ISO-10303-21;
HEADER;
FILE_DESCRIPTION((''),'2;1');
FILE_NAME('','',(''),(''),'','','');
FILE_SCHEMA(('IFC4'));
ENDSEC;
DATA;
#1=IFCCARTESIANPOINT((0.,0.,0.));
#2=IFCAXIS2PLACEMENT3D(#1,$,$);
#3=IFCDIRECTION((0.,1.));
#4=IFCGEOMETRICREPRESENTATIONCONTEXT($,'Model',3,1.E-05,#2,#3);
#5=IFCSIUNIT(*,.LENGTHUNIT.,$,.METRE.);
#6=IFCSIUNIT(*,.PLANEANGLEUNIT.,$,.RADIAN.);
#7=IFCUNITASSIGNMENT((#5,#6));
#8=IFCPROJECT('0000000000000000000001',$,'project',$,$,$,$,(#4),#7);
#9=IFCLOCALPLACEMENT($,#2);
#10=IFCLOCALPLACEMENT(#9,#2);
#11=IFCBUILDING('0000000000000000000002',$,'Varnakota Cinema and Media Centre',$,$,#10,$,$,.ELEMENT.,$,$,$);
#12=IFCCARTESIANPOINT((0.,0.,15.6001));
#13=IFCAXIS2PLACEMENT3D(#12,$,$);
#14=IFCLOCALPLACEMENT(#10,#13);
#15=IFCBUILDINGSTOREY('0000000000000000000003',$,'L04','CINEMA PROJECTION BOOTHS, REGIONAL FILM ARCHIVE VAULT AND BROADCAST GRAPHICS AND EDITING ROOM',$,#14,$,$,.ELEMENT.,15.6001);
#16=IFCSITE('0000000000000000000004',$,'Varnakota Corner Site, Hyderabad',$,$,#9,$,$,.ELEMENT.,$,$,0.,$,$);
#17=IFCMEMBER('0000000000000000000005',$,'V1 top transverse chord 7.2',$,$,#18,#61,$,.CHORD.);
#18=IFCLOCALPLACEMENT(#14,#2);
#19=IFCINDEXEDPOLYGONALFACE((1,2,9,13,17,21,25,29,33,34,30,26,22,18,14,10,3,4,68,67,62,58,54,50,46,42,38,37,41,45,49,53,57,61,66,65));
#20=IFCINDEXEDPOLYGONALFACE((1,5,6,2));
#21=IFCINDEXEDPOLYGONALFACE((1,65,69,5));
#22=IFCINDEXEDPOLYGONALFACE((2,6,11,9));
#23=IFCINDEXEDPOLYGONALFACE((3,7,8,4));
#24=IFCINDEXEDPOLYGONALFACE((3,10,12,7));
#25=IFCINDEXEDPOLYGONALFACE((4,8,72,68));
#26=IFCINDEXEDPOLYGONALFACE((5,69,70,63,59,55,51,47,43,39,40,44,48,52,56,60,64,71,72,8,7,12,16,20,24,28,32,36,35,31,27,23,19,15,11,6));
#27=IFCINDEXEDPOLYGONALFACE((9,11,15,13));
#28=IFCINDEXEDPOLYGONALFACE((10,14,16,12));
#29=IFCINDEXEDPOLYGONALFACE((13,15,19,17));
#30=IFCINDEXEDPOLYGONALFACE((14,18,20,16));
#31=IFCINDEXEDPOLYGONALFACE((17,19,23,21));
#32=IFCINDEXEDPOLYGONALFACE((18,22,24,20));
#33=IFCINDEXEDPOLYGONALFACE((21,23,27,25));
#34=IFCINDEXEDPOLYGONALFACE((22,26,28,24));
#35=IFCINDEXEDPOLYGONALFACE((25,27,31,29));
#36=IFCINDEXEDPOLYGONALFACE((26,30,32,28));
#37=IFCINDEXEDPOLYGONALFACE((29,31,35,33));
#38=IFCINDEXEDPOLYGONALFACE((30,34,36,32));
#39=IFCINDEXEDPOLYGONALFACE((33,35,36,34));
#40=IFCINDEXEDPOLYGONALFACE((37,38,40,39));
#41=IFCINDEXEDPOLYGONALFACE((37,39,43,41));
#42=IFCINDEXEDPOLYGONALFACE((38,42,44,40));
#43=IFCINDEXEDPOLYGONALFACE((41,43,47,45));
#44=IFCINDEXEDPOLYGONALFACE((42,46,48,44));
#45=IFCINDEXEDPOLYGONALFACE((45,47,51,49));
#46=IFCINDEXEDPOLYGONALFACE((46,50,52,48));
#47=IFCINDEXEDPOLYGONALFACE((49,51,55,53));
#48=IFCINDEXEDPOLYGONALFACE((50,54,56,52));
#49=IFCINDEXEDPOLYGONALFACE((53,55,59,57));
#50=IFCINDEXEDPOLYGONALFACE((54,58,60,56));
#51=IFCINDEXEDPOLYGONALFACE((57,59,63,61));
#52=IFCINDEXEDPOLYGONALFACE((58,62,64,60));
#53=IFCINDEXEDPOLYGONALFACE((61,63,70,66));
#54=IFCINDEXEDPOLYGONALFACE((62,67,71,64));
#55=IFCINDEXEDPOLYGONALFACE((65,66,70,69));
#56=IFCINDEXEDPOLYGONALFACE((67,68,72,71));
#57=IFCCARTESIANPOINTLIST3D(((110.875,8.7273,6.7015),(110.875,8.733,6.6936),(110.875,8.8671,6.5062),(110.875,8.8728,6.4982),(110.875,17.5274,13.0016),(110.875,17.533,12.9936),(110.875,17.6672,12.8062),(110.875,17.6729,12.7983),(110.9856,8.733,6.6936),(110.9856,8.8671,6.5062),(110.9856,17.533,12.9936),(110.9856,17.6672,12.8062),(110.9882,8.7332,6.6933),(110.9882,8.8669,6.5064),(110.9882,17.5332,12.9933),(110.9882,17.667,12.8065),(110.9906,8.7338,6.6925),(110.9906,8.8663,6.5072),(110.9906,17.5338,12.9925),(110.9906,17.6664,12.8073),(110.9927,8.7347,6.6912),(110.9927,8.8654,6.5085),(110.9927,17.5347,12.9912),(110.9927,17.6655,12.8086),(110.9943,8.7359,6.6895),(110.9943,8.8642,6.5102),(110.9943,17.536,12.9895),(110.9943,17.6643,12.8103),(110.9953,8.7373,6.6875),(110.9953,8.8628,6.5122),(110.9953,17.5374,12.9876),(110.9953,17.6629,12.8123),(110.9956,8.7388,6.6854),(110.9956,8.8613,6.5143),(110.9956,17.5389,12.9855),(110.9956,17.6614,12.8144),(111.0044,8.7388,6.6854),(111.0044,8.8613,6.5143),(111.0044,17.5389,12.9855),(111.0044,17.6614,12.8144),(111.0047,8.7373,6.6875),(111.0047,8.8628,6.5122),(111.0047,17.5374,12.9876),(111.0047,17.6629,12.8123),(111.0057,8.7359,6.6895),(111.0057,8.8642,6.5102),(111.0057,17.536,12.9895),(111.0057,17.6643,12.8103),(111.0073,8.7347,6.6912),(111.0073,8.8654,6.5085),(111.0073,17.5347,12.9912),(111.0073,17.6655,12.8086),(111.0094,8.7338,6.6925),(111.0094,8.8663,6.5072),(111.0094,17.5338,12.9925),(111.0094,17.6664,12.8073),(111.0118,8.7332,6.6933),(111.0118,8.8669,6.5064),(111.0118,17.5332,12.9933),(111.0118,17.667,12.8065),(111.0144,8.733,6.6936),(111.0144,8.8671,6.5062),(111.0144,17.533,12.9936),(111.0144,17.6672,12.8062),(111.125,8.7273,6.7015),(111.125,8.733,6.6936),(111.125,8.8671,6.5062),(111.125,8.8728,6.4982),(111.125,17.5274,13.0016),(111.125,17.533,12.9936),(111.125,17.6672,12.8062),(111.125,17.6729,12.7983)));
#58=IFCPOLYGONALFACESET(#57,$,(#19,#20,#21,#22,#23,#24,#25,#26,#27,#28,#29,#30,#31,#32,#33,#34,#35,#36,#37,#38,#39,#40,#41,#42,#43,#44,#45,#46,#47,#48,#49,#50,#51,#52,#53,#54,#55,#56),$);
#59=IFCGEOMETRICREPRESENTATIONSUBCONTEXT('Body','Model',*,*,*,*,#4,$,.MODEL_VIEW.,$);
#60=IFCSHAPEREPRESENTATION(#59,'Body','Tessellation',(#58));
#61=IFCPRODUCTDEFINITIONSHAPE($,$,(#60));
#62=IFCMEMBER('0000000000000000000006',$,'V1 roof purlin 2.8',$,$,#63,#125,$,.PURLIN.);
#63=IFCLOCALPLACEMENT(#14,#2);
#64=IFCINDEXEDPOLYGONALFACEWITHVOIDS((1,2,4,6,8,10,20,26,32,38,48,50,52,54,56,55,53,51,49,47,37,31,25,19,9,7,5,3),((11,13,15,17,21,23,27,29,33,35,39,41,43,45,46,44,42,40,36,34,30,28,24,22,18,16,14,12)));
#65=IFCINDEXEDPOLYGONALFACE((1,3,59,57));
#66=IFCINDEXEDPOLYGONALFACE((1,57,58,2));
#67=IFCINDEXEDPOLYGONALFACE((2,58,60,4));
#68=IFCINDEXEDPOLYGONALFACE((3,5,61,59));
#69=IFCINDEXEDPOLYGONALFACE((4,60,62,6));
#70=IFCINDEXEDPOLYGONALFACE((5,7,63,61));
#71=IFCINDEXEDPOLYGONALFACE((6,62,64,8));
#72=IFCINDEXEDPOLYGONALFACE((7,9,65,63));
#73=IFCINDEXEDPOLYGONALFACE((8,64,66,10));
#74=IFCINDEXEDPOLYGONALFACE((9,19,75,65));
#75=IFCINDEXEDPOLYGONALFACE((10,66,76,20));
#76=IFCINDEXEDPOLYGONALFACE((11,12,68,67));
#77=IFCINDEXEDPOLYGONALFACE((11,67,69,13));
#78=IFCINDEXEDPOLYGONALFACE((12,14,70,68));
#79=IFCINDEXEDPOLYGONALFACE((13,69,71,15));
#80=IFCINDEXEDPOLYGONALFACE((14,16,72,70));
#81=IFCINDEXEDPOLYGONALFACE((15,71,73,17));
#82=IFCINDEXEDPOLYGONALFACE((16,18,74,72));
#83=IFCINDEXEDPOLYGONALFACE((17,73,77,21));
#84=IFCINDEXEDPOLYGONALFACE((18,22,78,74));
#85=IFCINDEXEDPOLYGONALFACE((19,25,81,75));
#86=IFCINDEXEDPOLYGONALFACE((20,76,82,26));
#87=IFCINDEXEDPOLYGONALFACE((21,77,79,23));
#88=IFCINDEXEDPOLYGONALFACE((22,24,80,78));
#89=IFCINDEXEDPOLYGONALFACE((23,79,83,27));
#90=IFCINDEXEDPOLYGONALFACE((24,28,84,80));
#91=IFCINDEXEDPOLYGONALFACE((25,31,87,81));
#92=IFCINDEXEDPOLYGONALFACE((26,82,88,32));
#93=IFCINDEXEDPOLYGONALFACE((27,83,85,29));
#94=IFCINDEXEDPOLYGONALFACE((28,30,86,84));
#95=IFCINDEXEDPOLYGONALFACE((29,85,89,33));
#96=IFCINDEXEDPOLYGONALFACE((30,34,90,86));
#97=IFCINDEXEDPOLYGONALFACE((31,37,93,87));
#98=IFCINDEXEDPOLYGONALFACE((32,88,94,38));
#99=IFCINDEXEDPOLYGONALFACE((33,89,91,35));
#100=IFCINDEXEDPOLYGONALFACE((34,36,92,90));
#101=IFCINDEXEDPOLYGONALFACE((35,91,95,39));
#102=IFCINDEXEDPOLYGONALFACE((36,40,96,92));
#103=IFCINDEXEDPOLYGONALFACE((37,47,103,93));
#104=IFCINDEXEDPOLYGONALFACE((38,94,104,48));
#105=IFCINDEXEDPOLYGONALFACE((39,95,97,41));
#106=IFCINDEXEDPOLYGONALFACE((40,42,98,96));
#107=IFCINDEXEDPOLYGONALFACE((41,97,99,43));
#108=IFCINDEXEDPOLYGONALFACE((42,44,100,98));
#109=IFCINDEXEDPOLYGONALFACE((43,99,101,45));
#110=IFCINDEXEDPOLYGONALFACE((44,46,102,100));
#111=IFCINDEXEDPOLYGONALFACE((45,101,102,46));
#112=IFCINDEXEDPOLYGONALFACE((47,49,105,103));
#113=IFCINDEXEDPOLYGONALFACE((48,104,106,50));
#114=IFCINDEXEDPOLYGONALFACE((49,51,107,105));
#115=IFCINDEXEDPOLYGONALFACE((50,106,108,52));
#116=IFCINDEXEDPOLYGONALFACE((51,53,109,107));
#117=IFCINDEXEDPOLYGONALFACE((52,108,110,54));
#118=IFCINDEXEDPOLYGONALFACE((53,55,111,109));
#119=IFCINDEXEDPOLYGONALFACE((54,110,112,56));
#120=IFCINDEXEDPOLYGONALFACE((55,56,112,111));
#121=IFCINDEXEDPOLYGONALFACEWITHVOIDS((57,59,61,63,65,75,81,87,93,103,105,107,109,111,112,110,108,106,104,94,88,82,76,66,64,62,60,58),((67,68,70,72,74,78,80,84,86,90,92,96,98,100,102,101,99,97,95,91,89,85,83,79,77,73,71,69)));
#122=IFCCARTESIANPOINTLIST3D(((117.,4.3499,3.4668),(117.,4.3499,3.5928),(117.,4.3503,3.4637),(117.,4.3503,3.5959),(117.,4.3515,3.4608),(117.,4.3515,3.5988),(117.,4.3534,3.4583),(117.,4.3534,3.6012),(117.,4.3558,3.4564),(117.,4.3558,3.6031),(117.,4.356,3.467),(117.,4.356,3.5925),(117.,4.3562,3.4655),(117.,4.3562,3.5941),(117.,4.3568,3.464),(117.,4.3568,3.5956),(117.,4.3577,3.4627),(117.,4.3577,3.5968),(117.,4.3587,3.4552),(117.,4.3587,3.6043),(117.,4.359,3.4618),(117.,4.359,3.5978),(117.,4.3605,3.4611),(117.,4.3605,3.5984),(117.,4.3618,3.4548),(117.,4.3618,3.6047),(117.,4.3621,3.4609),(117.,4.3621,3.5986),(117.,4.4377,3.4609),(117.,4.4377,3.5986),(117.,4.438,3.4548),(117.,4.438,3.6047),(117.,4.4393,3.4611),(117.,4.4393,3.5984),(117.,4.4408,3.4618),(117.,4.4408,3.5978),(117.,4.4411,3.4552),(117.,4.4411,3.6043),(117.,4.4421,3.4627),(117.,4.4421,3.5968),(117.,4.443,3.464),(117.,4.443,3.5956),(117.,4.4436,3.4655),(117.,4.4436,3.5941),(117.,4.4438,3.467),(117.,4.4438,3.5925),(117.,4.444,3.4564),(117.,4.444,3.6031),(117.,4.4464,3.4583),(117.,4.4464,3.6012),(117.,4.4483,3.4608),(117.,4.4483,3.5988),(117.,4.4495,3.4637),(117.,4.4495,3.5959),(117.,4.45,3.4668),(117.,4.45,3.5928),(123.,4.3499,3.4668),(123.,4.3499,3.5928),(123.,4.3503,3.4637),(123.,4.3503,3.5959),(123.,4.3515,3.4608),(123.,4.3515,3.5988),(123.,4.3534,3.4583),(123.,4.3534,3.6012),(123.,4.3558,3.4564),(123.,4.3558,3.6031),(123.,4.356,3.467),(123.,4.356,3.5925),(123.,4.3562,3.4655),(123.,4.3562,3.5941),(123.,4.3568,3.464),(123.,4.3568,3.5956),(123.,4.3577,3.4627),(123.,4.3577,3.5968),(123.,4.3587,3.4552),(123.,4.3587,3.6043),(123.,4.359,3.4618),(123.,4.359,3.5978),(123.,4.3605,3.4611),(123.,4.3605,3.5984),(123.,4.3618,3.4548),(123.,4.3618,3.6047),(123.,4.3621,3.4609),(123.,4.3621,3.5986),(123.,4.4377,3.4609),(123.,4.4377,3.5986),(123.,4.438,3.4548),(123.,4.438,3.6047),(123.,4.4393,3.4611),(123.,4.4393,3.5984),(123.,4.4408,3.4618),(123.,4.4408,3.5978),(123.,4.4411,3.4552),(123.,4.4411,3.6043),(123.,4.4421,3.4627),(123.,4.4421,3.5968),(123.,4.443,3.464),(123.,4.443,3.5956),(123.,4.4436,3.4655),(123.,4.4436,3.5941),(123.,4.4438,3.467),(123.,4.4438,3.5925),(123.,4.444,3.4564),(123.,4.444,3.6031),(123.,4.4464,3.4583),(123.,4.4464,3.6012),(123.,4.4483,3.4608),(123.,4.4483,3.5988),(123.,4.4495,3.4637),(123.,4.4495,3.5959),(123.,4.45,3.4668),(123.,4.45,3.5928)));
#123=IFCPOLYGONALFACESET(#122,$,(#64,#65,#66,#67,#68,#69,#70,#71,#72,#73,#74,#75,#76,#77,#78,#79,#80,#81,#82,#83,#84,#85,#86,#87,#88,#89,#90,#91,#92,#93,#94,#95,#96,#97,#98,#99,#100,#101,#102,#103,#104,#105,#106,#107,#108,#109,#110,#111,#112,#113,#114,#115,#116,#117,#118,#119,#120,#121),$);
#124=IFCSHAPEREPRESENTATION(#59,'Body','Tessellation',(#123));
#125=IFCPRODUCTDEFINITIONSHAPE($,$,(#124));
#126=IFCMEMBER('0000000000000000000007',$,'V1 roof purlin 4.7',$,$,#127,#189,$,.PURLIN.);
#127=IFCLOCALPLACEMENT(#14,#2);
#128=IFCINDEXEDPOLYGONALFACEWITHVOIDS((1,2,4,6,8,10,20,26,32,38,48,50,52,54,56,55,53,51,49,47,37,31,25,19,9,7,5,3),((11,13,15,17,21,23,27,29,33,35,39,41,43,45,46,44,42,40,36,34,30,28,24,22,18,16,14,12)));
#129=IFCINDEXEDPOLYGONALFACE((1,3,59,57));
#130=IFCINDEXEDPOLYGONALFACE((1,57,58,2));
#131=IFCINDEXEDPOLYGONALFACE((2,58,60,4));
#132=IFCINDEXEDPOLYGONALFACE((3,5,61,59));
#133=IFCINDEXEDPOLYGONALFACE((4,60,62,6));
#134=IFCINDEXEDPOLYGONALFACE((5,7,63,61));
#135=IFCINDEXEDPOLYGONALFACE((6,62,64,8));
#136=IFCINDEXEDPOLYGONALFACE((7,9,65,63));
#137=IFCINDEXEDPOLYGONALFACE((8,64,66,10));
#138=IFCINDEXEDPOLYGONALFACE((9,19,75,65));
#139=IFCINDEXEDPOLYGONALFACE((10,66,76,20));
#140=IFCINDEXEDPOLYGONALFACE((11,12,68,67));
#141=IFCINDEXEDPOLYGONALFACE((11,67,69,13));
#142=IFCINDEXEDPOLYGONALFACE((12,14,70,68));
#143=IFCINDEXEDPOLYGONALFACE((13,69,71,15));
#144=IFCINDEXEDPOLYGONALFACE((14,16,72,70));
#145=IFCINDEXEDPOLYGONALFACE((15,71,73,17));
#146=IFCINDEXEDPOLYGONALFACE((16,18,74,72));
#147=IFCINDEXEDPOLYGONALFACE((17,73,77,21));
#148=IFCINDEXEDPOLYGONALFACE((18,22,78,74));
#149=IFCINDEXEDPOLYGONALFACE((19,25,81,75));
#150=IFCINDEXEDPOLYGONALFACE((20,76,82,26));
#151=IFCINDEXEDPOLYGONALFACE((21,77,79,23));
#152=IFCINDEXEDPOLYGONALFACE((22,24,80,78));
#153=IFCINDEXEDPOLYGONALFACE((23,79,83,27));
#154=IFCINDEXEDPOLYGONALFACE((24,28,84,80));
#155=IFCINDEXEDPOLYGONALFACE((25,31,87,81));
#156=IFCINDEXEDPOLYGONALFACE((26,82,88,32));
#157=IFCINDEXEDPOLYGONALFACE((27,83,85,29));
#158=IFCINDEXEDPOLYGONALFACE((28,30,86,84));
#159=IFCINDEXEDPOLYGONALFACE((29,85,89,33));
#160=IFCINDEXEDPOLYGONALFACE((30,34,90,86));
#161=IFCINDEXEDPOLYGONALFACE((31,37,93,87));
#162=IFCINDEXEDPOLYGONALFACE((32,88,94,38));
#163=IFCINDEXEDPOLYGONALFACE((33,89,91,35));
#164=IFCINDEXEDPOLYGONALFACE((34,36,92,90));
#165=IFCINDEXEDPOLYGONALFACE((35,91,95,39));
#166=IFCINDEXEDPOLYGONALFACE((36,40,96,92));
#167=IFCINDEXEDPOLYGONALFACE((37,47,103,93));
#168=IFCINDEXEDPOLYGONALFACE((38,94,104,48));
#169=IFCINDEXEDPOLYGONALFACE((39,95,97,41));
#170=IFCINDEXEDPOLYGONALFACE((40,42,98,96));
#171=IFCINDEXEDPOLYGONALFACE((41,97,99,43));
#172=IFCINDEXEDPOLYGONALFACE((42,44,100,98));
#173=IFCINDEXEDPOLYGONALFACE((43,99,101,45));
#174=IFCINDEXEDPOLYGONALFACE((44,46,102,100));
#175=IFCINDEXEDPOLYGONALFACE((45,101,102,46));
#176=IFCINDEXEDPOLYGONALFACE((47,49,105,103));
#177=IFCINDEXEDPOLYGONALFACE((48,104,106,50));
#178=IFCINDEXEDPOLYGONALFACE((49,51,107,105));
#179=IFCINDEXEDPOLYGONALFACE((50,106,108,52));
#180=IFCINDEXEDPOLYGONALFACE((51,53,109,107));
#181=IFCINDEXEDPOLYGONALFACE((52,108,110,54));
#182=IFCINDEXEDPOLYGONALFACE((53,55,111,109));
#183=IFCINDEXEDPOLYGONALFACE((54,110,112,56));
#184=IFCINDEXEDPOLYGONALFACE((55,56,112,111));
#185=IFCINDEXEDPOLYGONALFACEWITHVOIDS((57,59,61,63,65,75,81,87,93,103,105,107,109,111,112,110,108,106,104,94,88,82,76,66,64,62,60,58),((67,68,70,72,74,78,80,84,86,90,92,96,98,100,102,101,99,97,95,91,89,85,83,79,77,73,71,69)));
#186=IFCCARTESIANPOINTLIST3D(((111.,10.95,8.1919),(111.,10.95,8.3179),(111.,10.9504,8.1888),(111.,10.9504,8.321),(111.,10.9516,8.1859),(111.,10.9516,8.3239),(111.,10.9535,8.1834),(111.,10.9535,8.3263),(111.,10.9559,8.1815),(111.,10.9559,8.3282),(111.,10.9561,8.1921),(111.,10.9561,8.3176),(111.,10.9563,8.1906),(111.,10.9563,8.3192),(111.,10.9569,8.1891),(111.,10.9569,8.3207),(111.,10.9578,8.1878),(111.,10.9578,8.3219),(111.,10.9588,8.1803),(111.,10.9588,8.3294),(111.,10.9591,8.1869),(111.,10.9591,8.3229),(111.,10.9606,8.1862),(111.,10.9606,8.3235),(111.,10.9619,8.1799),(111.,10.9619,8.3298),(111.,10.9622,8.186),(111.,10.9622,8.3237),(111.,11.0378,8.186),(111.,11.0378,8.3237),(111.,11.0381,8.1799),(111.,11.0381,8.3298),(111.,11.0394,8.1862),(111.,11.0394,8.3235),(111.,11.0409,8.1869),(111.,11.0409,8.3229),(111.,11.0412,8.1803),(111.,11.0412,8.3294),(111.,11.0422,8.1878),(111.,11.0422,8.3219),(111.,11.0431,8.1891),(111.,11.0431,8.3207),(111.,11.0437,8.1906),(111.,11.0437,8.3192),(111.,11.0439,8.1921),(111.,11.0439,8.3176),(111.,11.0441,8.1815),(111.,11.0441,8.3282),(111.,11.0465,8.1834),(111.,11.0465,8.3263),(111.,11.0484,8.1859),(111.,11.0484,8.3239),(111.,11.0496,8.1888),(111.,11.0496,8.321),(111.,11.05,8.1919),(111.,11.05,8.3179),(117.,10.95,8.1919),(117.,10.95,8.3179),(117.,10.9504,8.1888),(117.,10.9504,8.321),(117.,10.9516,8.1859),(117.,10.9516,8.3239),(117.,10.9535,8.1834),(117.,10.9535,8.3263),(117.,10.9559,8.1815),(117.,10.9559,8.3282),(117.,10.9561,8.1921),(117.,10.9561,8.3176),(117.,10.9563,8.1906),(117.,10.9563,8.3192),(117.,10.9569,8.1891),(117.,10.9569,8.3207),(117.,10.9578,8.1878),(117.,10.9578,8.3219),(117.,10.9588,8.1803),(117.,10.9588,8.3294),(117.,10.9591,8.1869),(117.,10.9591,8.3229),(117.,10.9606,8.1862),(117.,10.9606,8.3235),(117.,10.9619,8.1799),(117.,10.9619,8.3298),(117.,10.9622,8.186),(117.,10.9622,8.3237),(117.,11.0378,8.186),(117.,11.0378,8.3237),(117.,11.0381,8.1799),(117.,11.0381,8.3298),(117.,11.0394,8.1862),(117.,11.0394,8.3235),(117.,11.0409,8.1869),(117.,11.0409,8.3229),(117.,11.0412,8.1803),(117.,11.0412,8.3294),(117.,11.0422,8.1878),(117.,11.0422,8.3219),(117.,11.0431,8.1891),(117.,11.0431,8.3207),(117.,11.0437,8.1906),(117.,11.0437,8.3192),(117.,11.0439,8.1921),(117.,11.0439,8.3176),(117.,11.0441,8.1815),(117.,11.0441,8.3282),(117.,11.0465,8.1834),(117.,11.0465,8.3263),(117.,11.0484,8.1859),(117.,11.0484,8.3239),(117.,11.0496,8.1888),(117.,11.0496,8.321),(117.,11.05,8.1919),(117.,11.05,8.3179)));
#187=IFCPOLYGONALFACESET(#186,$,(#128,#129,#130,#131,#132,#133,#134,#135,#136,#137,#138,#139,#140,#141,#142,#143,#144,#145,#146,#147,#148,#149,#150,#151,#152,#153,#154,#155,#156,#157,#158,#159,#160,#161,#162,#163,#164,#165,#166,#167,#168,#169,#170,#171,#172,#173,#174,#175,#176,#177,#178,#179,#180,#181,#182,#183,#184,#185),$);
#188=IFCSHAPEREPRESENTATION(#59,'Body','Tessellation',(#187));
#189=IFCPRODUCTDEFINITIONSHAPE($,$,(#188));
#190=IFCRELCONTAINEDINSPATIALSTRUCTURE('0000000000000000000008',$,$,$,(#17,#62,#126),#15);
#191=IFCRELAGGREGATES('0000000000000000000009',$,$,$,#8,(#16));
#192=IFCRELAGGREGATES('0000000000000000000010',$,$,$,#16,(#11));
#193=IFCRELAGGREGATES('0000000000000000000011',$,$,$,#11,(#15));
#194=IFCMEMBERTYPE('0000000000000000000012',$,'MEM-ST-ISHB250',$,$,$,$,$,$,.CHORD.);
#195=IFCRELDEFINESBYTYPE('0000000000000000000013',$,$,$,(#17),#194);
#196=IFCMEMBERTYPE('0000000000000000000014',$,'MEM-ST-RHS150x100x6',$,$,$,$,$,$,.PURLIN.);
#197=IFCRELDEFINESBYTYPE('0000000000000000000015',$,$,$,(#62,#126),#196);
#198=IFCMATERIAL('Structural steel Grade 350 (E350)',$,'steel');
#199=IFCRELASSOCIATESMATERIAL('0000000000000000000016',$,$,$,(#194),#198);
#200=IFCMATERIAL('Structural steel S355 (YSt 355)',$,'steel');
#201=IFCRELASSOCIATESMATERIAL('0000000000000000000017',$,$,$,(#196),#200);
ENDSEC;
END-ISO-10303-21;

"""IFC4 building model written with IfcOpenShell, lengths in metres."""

from ifc_helpers import new_model, si_unit, direction, frame, origin, origin_2d, place, context, subcontext, project, spatial, hollow_rectangle, i_section, extrude, material, material_profile, profile_set, type_object, element, save


model = new_model("IFC4")

# Units and contexts
model_context = context("Model", 3, precision=1e-05, world=origin(), true_north=direction((0.0, 1.0)))
body_context = subcontext(model_context, "Body", "Model", "MODEL_VIEW")
ifc_project = project(units=[si_unit("LENGTHUNIT", "METRE"), si_unit("PLANEANGLEUNIT", "RADIAN")], contexts=[model_context])

# Site, building, storey
site_placement = place(None, origin())
site = spatial("IfcSite", under=ifc_project, at=site_placement, Name="Varnakota Corner Site, Hyderabad", CompositionType="ELEMENT", RefElevation=0.0)
building_placement = place(site_placement, origin())
building = spatial("IfcBuilding", under=site, at=building_placement, Name="Varnakota Cinema and Media Centre", CompositionType="ELEMENT")
storey_placement = place(building_placement, frame((0.0, 0.0, 15.6001)))
storey = spatial("IfcBuildingStorey", under=building, at=storey_placement, Name="L04", Description="CINEMA PROJECTION BOOTHS, REGIONAL FILM ARCHIVE VAULT AND BROADCAST GRAPHICS AND EDITING ROOM", CompositionType="ELEMENT", Elevation=15.6001)

# Members
ifc_material_1 = material(Name="Structural steel Grade 350 (E350)", Category="steel")
ifc_material_profile_1 = material_profile(ifc_material_1, i_section(OverallWidth=0.25, OverallDepth=0.25, WebThickness=0.0088, FlangeThickness=0.0098, FilletRadius=0.01, at=origin_2d()), Name="ISHB 250")
ifc_profile_set_1 = profile_set([ifc_material_profile_1], Name="Structural steel Grade 350 (E350)")
member_type_1 = type_object("IfcMemberType", Name="MEM-ST-ISHB250", PredefinedType="CHORD", material=ifc_profile_set_1)
member_1_placement = place(storey_placement, frame((111.0, 8.8, 6.5999), z_axis=(0.0, 0.813108, 0.582113), x_axis=(-1.0, 0.0, 0.0)))
element("IfcMember", 1, at=member_1_placement, inside=storey, type_object=member_type_1, Name="V1 top transverse chord 7.2", PredefinedType="CHORD", context=body_context, shape_type="SweptSolid", body=[
    extrude(i_section(OverallWidth=0.25, OverallDepth=0.25, WebThickness=0.0088, FlangeThickness=0.0098, FilletRadius=0.01, at=origin_2d()), origin(), (0.0, 0.0, 1.0), 10.8228),
])
ifc_material_2 = material(Name="Structural steel S355 (YSt 355)", Category="steel")
ifc_material_profile_2 = material_profile(ifc_material_2, hollow_rectangle(XDim=0.1001, YDim=0.1499, WallThickness=0.0061, InnerFilletRadius=0.0061, OuterFilletRadius=0.012, at=origin_2d()), Name="RHS 150x100x6")
ifc_profile_set_2 = profile_set([ifc_material_profile_2], Name="Structural steel S355 (YSt 355)")
member_type_2 = type_object("IfcMemberType", Name="MEM-ST-RHS150x100x6", PredefinedType="PURLIN", material=ifc_profile_set_2)
for number, where, z_axis, x_axis, name in (
    (2, (117.0, 4.3999, 3.5298), (1.0, 0.0, 0.0), (0.0, 1.0, 0.0), "V1 roof purlin 2.8"),
    (3, (111.0, 11.0, 8.2549), (1.0, 0.0, 0.0), (0.0, 1.0, 0.0), "V1 roof purlin 4.7"),
):
    element("IfcMember", number, at=place(storey_placement, frame(where, z_axis=z_axis, x_axis=x_axis)), inside=storey, type_object=member_type_2, Name=name, PredefinedType="PURLIN", context=body_context, shape_type="SweptSolid", body=[
        extrude(hollow_rectangle(XDim=0.1001, YDim=0.1499, WallThickness=0.0061, InnerFilletRadius=0.0061, OuterFilletRadius=0.012, at=origin_2d()), origin(), (0.0, 0.0, 1.0), 6.0),
    ])

save(model, "model.ifc")
